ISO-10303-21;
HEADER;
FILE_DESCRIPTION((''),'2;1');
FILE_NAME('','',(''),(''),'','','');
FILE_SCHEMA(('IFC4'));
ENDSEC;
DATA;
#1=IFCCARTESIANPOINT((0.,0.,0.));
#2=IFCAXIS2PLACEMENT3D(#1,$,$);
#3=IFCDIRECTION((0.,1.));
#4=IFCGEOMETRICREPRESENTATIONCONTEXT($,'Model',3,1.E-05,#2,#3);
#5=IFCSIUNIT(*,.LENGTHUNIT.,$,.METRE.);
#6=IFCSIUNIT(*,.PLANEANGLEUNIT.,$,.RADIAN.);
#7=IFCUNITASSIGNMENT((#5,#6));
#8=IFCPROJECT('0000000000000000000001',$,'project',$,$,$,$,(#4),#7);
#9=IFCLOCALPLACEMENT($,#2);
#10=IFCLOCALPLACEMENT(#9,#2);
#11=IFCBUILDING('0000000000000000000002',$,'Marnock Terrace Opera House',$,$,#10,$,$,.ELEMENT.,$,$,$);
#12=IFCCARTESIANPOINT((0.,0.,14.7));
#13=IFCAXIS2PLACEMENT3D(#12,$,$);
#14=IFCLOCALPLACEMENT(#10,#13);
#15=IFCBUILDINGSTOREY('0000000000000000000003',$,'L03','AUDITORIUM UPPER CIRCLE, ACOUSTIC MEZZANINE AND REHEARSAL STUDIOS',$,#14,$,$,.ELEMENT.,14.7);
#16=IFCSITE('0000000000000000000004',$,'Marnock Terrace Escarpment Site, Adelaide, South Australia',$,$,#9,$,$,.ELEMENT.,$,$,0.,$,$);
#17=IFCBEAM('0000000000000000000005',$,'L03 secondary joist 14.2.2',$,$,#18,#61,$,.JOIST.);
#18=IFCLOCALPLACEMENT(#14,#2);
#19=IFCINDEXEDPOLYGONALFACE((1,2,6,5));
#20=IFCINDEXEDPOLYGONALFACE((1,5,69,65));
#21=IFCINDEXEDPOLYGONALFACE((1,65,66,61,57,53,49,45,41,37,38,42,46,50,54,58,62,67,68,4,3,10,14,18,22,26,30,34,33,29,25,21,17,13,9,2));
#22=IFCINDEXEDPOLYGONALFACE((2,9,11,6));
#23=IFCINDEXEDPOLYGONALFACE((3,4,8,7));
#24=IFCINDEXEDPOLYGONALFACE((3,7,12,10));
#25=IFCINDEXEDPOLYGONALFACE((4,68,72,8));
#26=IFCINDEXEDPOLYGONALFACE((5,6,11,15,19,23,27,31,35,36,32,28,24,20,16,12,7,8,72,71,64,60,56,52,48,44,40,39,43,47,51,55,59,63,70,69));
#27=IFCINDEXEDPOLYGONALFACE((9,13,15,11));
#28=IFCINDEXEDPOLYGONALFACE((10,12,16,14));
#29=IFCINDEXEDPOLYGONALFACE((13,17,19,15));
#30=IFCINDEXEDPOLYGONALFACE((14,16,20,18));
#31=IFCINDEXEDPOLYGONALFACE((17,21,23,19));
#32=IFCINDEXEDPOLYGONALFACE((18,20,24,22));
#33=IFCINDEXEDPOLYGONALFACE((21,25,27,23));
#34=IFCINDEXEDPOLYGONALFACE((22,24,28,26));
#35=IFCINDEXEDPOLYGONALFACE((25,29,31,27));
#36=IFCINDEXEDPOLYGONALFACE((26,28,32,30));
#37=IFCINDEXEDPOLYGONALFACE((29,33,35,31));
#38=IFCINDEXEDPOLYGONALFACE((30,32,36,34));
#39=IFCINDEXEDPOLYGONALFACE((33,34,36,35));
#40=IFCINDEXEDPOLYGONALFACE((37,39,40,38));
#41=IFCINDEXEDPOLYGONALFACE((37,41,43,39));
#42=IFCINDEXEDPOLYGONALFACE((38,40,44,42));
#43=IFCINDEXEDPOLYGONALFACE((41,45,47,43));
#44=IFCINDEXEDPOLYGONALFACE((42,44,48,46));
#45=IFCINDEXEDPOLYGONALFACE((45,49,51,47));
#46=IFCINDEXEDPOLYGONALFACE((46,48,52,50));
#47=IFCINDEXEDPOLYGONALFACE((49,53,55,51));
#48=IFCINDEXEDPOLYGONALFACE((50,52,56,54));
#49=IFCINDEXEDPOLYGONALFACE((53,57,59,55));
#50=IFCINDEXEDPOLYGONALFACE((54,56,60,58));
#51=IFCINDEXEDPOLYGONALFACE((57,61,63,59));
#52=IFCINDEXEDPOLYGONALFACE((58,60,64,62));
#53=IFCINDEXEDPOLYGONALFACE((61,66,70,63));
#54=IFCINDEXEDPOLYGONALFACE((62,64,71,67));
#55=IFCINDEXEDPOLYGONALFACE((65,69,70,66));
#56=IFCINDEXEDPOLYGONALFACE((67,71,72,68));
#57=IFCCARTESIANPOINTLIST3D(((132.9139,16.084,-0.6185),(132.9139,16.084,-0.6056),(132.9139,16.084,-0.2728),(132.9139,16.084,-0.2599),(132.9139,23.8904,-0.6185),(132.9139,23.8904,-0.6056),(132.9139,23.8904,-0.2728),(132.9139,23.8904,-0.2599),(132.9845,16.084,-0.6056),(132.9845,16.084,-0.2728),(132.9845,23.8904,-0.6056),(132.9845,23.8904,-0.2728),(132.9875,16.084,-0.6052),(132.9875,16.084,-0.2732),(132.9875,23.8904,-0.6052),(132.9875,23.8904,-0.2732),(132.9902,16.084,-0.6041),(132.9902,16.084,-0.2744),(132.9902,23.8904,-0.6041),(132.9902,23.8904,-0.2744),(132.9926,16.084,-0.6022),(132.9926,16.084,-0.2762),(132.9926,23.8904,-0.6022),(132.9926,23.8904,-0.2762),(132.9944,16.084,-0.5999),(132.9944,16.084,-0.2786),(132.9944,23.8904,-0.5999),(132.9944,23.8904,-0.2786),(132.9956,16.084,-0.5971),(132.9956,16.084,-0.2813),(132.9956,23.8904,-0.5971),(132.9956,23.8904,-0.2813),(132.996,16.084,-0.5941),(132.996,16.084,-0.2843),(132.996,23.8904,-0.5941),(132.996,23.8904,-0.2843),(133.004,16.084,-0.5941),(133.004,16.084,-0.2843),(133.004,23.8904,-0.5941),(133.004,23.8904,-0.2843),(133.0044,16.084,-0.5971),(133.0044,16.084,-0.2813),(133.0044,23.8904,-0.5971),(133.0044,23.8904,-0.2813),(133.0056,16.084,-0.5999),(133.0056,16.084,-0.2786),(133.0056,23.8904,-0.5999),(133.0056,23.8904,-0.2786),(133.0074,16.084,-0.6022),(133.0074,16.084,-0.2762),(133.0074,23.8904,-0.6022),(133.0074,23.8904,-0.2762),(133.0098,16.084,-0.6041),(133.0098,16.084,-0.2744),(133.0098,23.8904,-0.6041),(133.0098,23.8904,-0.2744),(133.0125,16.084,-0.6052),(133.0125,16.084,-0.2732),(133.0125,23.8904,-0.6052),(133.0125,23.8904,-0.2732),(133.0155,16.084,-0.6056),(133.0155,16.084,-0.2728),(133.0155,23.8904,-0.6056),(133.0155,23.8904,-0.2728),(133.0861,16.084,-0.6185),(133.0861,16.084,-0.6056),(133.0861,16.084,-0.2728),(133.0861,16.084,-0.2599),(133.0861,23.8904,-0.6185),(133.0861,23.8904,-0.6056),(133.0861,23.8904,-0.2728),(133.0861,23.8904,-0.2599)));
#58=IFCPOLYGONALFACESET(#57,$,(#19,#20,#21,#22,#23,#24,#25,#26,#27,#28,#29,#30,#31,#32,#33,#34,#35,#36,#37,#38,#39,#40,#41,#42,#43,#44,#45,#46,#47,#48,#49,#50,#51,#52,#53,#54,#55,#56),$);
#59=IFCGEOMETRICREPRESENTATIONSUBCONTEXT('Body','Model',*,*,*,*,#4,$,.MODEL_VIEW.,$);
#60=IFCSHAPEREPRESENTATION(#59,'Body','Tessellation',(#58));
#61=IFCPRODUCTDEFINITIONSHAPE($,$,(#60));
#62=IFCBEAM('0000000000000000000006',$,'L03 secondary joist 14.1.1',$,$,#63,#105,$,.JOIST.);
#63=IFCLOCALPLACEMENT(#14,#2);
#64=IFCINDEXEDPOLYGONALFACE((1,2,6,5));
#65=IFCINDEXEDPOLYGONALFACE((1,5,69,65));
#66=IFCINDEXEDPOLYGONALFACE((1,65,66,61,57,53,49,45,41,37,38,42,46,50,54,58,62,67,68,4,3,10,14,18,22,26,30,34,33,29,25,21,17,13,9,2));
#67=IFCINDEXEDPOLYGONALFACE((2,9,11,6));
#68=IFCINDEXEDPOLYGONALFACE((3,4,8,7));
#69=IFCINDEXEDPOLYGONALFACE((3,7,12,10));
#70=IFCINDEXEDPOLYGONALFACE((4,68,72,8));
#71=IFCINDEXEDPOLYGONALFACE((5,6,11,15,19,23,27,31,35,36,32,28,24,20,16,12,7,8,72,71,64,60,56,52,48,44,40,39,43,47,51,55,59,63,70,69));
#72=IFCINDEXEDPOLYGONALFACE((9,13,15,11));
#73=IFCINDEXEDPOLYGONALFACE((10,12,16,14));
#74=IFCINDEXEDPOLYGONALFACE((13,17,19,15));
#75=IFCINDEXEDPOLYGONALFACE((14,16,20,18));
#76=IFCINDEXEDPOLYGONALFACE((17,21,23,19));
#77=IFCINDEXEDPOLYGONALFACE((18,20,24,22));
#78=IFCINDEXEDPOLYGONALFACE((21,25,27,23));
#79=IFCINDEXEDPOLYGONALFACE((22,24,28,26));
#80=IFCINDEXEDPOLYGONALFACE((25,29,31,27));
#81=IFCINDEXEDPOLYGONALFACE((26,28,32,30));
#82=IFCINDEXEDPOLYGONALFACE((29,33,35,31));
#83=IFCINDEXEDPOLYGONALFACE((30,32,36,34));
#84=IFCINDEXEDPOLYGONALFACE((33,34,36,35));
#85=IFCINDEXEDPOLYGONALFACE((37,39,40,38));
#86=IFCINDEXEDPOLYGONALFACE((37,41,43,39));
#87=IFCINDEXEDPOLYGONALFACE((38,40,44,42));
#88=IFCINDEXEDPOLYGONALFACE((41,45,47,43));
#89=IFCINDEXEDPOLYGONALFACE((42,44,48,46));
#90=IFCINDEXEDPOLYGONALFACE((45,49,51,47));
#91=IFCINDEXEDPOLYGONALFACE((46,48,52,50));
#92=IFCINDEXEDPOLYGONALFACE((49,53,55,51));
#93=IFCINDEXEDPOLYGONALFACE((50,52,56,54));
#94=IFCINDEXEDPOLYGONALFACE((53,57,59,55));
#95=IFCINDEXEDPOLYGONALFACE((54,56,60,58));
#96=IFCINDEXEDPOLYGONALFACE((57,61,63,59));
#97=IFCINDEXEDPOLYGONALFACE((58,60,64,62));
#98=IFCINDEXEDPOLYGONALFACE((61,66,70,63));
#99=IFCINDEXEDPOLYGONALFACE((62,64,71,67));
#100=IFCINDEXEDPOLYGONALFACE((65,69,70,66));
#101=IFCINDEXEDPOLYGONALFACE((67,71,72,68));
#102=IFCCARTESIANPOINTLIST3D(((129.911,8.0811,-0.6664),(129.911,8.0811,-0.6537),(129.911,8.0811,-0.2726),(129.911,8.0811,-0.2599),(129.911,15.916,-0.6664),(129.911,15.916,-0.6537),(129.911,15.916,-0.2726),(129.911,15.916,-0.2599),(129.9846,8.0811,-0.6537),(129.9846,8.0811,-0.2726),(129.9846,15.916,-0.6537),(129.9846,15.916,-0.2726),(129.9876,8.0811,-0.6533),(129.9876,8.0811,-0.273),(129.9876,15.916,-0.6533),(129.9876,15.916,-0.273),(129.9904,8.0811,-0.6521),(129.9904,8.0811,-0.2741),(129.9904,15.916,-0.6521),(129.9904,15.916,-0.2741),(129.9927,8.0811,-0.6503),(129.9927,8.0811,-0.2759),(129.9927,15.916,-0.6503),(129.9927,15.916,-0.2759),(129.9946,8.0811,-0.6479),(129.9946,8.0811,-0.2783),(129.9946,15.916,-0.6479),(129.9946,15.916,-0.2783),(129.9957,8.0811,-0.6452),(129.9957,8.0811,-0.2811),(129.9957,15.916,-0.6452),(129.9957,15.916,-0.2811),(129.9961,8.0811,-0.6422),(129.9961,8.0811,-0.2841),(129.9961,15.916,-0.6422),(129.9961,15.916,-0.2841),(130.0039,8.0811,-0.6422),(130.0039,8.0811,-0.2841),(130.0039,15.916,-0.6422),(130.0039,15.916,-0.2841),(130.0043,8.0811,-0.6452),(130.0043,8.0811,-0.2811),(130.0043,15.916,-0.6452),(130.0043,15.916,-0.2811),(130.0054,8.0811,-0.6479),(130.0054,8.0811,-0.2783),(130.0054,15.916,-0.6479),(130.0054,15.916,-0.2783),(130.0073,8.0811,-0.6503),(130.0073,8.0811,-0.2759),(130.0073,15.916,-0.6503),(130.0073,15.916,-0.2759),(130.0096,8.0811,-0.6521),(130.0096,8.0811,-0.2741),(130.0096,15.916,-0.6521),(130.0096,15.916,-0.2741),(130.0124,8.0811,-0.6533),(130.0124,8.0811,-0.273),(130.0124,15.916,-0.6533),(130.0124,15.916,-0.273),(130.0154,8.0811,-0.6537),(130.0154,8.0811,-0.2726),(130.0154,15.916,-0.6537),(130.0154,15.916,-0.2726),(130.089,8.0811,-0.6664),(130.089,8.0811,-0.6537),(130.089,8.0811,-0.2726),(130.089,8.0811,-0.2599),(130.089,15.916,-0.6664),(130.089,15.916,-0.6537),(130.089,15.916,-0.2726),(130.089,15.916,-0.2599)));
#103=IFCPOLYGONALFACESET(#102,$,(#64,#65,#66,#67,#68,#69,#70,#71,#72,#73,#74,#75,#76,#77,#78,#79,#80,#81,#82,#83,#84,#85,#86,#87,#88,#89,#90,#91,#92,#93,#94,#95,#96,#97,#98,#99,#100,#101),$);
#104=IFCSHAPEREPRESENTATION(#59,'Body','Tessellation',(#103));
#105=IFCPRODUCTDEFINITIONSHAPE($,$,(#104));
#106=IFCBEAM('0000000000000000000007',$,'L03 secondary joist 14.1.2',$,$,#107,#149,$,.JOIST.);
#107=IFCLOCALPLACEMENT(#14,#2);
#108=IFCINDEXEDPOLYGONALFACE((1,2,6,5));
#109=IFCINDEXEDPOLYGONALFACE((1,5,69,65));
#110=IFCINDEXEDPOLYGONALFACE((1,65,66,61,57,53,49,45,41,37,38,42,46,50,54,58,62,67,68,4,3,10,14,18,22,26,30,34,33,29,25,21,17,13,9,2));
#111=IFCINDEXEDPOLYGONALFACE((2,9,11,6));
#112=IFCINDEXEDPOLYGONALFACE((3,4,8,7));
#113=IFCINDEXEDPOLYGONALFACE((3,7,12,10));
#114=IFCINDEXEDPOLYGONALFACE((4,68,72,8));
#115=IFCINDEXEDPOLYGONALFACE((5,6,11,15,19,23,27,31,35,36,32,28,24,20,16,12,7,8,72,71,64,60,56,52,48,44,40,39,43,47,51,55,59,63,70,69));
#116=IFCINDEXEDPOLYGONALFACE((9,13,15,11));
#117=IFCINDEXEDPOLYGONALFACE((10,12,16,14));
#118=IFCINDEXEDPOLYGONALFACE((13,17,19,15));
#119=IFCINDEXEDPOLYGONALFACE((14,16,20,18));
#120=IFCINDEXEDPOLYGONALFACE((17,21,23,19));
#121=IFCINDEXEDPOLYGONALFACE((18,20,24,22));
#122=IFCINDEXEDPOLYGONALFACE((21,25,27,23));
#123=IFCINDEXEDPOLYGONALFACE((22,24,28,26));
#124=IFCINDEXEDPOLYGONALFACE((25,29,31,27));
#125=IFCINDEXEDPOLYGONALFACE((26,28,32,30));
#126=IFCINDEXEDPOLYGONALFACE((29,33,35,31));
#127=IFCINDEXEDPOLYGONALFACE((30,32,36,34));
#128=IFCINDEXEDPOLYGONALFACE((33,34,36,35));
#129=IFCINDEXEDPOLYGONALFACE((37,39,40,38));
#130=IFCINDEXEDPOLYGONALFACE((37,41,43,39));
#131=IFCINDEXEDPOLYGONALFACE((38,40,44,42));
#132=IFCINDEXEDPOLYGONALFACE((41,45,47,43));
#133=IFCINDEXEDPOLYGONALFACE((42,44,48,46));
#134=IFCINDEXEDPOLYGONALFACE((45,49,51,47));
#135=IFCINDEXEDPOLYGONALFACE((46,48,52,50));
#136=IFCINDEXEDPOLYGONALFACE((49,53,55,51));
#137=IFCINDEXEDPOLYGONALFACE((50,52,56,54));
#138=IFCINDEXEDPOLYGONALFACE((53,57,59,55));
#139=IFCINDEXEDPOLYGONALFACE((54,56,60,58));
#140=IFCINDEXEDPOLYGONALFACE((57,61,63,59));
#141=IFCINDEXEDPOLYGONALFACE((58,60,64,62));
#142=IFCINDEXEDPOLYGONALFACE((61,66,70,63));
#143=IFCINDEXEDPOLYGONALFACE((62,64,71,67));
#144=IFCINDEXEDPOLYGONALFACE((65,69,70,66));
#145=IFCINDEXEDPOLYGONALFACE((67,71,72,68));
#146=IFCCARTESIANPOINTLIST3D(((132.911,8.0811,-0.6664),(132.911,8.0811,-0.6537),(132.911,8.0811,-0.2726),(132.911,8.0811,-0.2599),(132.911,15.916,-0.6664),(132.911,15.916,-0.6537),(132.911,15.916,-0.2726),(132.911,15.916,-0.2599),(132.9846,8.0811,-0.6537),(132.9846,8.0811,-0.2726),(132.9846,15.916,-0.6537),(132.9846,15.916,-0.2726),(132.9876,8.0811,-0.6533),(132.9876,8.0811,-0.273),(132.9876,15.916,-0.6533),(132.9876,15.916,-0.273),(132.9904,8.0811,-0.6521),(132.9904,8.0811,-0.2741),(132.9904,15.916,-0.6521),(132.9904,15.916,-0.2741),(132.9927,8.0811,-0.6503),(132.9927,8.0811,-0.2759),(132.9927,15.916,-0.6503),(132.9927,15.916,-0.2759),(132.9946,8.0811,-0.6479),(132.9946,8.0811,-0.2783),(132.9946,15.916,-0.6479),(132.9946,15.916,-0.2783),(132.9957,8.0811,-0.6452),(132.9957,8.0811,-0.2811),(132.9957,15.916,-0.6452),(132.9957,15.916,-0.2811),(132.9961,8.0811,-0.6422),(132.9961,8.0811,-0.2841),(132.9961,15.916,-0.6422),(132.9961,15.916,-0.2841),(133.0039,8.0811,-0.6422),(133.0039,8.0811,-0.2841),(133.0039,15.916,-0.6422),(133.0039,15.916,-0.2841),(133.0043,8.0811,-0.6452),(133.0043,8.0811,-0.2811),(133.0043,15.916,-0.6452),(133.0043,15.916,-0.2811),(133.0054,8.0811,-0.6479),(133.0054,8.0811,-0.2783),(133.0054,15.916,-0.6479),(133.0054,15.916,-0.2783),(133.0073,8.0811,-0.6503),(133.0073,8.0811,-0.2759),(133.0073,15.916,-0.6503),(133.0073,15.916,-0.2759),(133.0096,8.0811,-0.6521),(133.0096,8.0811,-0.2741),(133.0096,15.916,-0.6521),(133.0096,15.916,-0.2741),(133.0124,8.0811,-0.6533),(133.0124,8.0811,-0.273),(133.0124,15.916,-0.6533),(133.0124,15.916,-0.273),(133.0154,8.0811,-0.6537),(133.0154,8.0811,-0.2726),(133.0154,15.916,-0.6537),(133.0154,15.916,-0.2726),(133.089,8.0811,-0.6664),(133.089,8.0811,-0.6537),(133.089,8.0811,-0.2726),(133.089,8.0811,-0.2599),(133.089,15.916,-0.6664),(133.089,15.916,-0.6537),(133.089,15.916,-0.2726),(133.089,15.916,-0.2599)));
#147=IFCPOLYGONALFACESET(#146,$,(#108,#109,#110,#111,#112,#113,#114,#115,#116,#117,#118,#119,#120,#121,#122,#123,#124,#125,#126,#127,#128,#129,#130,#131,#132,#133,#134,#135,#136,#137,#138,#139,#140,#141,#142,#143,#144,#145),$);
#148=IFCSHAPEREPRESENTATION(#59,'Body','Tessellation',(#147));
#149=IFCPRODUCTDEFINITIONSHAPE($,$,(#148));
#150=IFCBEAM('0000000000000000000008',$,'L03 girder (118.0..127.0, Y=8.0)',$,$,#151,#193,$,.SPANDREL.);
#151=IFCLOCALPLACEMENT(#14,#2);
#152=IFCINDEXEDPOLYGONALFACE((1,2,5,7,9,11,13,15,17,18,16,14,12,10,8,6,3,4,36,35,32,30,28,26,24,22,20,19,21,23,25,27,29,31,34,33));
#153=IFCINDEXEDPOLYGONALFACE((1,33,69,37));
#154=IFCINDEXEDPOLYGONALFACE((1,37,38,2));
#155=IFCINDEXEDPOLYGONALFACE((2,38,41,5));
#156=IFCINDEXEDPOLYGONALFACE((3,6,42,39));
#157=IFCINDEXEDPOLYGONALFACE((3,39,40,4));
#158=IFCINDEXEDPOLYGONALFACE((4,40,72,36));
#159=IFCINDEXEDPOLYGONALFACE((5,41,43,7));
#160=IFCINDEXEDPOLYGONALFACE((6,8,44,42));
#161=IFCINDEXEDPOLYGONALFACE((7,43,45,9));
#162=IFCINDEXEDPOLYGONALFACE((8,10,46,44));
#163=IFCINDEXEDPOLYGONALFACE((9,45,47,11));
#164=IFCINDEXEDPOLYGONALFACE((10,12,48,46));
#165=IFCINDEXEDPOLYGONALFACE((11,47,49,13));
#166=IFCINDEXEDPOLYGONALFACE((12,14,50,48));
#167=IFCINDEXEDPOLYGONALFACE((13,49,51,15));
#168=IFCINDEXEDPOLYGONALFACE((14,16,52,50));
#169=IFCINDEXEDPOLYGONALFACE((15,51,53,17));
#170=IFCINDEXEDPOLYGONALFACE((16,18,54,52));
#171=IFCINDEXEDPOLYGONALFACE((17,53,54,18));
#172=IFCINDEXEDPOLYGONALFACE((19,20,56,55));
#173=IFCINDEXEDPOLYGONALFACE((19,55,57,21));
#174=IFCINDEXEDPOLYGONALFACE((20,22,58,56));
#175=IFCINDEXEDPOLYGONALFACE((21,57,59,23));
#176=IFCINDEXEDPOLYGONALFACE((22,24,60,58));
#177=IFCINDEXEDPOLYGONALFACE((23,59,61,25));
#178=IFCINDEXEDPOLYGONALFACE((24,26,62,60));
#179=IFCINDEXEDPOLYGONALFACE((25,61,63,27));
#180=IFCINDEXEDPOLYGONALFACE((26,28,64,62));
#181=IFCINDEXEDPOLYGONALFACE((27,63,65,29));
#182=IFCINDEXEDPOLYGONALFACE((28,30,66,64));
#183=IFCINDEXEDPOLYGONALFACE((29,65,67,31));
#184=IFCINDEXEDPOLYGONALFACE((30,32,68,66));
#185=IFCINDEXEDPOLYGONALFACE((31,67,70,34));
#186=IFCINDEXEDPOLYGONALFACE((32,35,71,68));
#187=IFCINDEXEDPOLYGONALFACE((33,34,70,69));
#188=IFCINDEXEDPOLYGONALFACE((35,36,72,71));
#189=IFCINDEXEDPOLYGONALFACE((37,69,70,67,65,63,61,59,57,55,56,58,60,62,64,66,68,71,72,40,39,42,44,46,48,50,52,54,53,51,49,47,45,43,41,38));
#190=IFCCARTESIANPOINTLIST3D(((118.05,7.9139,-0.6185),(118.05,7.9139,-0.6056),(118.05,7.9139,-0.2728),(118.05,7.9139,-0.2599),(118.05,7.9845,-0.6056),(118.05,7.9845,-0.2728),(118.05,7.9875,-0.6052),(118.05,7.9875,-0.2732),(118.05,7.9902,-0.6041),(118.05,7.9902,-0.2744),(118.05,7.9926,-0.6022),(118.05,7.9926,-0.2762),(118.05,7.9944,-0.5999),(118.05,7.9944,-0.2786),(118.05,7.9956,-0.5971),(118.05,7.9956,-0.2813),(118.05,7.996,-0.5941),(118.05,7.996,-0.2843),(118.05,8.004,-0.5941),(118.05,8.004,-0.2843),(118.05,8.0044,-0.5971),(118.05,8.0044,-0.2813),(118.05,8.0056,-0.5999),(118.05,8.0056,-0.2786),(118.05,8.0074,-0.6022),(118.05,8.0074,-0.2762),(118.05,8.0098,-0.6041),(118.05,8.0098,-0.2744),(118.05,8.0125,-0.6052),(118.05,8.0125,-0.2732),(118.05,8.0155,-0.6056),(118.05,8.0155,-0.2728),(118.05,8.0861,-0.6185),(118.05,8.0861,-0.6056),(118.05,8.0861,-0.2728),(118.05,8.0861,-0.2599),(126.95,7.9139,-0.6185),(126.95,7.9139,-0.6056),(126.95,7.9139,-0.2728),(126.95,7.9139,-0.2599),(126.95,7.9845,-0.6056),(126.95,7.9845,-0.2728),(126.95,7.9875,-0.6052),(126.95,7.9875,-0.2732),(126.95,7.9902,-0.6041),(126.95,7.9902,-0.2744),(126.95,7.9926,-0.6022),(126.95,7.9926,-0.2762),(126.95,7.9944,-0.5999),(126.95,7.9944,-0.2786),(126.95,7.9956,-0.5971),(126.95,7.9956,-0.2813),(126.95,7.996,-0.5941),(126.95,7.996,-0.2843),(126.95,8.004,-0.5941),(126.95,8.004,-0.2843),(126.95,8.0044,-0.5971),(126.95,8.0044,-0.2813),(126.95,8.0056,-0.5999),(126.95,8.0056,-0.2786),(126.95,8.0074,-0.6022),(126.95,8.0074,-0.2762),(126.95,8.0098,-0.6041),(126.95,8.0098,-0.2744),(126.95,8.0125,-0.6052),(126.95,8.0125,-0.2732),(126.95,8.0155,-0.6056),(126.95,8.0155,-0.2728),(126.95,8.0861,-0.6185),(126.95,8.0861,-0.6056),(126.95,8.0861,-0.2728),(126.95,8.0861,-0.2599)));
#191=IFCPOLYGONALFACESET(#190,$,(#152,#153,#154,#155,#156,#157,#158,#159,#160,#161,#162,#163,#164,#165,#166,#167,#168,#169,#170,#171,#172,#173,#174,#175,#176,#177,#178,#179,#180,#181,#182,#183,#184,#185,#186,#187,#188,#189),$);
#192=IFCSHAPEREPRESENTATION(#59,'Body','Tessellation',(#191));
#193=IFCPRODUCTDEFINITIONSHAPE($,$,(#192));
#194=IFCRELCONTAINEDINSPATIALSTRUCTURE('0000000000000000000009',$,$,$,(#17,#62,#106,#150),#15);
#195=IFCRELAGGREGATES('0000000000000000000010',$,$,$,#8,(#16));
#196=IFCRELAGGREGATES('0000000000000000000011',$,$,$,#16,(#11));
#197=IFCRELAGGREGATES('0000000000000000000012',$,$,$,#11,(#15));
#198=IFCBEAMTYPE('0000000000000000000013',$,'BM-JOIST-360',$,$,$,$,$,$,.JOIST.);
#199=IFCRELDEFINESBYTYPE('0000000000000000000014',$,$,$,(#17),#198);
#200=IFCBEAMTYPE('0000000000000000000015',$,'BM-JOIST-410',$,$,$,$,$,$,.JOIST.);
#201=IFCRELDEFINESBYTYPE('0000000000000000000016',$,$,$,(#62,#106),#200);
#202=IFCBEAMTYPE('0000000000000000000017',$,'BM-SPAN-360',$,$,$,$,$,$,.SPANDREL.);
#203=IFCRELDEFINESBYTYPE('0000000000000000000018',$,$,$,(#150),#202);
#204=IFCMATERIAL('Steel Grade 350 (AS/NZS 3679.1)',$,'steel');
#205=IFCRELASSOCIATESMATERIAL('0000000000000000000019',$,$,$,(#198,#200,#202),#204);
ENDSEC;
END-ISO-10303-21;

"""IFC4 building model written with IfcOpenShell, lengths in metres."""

from ifc_helpers import new_model, si_unit, direction, frame, origin, origin_2d, place, context, subcontext, project, spatial, i_section, extrude, material, material_profile, profile_set, type_object, element, save


model = new_model("IFC4")

# Units and contexts
model_context = context("Model", 3, precision=1e-05, world=origin(), true_north=direction((0.0, 1.0)))
body_context = subcontext(model_context, "Body", "Model", "MODEL_VIEW")
ifc_project = project(units=[si_unit("LENGTHUNIT", "METRE"), si_unit("PLANEANGLEUNIT", "RADIAN")], contexts=[model_context])

# Site, building, storey
site_placement = place(None, origin())
site = spatial("IfcSite", under=ifc_project, at=site_placement, Name="Marnock Terrace Escarpment Site, Adelaide, South Australia", CompositionType="ELEMENT", RefElevation=0.0)
building_placement = place(site_placement, origin())
building = spatial("IfcBuilding", under=site, at=building_placement, Name="Marnock Terrace Opera House", CompositionType="ELEMENT")
storey_placement = place(building_placement, frame((0.0, 0.0, 14.7)))
storey = spatial("IfcBuildingStorey", under=building, at=storey_placement, Name="L03", Description="AUDITORIUM UPPER CIRCLE, ACOUSTIC MEZZANINE AND REHEARSAL STUDIOS", CompositionType="ELEMENT", Elevation=14.7)

# Beams
ifc_material_1 = material(Name="Steel Grade 350 (AS/NZS 3679.1)", Category="steel")
ifc_material_profile_1 = material_profile(ifc_material_1, i_section(OverallWidth=0.1721, OverallDepth=0.3586, WebThickness=0.0081, FlangeThickness=0.0129, FilletRadius=0.0115, at=origin_2d()))
ifc_profile_set_1 = profile_set([ifc_material_profile_1], Name="Steel Grade 350 (AS/NZS 3679.1)")
beam_type_1 = type_object("IfcBeamType", Name="BM-JOIST-360", PredefinedType="JOIST", material=ifc_profile_set_1)
for number, where, z_axis, x_axis, name in (
    (1, (133.0, 16.084, -0.4392), (0.0, 1.0, 0.0), (-1.0, 0.0, 0.0), "L03 secondary joist 14.2.2"),
):
    element("IfcBeam", number, at=place(storey_placement, frame(where, z_axis=z_axis, x_axis=x_axis)), inside=storey, type_object=beam_type_1, Name=name, PredefinedType="JOIST", context=body_context, shape_type="SweptSolid", body=[
        extrude(i_section(OverallWidth=0.1721, OverallDepth=0.3586, WebThickness=0.0081, FlangeThickness=0.0129, FilletRadius=0.0115, at=origin_2d()), origin(), (0.0, 0.0, 1.0), 7.8064),
    ])
ifc_material_profile_2 = material_profile(ifc_material_1, i_section(OverallWidth=0.178, OverallDepth=0.4065, WebThickness=0.0078, FlangeThickness=0.0127, FilletRadius=0.0115, at=origin_2d()))
ifc_profile_set_2 = profile_set([ifc_material_profile_2], Name="Steel Grade 350 (AS/NZS 3679.1)")
beam_type_2 = type_object("IfcBeamType", Name="BM-JOIST-410", PredefinedType="JOIST", material=ifc_profile_set_2)
for number, where, z_axis, x_axis, name in (
    (2, (130.0, 8.0811, -0.4631), (0.0, 1.0, 0.0), (-1.0, 0.0, 0.0), "L03 secondary joist 14.1.1"),
    (3, (133.0, 8.0811, -0.4631), (0.0, 1.0, 0.0), (-1.0, 0.0, 0.0), "L03 secondary joist 14.1.2"),
):
    element("IfcBeam", number, at=place(storey_placement, frame(where, z_axis=z_axis, x_axis=x_axis)), inside=storey, type_object=beam_type_2, Name=name, PredefinedType="JOIST", context=body_context, shape_type="SweptSolid", body=[
        extrude(i_section(OverallWidth=0.178, OverallDepth=0.4065, WebThickness=0.0078, FlangeThickness=0.0127, FilletRadius=0.0115, at=origin_2d()), origin(), (0.0, 0.0, 1.0), 7.835),
    ])
ifc_material_profile_3 = material_profile(ifc_material_1, i_section(OverallWidth=0.1721, OverallDepth=0.3586, WebThickness=0.0081, FlangeThickness=0.0129, FilletRadius=0.0115, at=origin_2d()))
ifc_profile_set_3 = profile_set([ifc_material_profile_3], Name="Steel Grade 350 (AS/NZS 3679.1)")
beam_type_3 = type_object("IfcBeamType", Name="BM-SPAN-360", PredefinedType="SPANDREL", material=ifc_profile_set_3)
for number, where, z_axis, x_axis, name in (
    (4, (118.05, 8.0, -0.4392), (1.0, 0.0, 0.0), (0.0, 1.0, 0.0), "L03 girder (118.0..127.0, Y=8.0)"),
):
    element("IfcBeam", number, at=place(storey_placement, frame(where, z_axis=z_axis, x_axis=x_axis)), inside=storey, type_object=beam_type_3, Name=name, PredefinedType="SPANDREL", context=body_context, shape_type="SweptSolid", body=[
        extrude(i_section(OverallWidth=0.1721, OverallDepth=0.3586, WebThickness=0.0081, FlangeThickness=0.0129, FilletRadius=0.0115, at=origin_2d()), origin(), (0.0, 0.0, 1.0), 8.8999),
    ])

save(model, "model.ifc")
